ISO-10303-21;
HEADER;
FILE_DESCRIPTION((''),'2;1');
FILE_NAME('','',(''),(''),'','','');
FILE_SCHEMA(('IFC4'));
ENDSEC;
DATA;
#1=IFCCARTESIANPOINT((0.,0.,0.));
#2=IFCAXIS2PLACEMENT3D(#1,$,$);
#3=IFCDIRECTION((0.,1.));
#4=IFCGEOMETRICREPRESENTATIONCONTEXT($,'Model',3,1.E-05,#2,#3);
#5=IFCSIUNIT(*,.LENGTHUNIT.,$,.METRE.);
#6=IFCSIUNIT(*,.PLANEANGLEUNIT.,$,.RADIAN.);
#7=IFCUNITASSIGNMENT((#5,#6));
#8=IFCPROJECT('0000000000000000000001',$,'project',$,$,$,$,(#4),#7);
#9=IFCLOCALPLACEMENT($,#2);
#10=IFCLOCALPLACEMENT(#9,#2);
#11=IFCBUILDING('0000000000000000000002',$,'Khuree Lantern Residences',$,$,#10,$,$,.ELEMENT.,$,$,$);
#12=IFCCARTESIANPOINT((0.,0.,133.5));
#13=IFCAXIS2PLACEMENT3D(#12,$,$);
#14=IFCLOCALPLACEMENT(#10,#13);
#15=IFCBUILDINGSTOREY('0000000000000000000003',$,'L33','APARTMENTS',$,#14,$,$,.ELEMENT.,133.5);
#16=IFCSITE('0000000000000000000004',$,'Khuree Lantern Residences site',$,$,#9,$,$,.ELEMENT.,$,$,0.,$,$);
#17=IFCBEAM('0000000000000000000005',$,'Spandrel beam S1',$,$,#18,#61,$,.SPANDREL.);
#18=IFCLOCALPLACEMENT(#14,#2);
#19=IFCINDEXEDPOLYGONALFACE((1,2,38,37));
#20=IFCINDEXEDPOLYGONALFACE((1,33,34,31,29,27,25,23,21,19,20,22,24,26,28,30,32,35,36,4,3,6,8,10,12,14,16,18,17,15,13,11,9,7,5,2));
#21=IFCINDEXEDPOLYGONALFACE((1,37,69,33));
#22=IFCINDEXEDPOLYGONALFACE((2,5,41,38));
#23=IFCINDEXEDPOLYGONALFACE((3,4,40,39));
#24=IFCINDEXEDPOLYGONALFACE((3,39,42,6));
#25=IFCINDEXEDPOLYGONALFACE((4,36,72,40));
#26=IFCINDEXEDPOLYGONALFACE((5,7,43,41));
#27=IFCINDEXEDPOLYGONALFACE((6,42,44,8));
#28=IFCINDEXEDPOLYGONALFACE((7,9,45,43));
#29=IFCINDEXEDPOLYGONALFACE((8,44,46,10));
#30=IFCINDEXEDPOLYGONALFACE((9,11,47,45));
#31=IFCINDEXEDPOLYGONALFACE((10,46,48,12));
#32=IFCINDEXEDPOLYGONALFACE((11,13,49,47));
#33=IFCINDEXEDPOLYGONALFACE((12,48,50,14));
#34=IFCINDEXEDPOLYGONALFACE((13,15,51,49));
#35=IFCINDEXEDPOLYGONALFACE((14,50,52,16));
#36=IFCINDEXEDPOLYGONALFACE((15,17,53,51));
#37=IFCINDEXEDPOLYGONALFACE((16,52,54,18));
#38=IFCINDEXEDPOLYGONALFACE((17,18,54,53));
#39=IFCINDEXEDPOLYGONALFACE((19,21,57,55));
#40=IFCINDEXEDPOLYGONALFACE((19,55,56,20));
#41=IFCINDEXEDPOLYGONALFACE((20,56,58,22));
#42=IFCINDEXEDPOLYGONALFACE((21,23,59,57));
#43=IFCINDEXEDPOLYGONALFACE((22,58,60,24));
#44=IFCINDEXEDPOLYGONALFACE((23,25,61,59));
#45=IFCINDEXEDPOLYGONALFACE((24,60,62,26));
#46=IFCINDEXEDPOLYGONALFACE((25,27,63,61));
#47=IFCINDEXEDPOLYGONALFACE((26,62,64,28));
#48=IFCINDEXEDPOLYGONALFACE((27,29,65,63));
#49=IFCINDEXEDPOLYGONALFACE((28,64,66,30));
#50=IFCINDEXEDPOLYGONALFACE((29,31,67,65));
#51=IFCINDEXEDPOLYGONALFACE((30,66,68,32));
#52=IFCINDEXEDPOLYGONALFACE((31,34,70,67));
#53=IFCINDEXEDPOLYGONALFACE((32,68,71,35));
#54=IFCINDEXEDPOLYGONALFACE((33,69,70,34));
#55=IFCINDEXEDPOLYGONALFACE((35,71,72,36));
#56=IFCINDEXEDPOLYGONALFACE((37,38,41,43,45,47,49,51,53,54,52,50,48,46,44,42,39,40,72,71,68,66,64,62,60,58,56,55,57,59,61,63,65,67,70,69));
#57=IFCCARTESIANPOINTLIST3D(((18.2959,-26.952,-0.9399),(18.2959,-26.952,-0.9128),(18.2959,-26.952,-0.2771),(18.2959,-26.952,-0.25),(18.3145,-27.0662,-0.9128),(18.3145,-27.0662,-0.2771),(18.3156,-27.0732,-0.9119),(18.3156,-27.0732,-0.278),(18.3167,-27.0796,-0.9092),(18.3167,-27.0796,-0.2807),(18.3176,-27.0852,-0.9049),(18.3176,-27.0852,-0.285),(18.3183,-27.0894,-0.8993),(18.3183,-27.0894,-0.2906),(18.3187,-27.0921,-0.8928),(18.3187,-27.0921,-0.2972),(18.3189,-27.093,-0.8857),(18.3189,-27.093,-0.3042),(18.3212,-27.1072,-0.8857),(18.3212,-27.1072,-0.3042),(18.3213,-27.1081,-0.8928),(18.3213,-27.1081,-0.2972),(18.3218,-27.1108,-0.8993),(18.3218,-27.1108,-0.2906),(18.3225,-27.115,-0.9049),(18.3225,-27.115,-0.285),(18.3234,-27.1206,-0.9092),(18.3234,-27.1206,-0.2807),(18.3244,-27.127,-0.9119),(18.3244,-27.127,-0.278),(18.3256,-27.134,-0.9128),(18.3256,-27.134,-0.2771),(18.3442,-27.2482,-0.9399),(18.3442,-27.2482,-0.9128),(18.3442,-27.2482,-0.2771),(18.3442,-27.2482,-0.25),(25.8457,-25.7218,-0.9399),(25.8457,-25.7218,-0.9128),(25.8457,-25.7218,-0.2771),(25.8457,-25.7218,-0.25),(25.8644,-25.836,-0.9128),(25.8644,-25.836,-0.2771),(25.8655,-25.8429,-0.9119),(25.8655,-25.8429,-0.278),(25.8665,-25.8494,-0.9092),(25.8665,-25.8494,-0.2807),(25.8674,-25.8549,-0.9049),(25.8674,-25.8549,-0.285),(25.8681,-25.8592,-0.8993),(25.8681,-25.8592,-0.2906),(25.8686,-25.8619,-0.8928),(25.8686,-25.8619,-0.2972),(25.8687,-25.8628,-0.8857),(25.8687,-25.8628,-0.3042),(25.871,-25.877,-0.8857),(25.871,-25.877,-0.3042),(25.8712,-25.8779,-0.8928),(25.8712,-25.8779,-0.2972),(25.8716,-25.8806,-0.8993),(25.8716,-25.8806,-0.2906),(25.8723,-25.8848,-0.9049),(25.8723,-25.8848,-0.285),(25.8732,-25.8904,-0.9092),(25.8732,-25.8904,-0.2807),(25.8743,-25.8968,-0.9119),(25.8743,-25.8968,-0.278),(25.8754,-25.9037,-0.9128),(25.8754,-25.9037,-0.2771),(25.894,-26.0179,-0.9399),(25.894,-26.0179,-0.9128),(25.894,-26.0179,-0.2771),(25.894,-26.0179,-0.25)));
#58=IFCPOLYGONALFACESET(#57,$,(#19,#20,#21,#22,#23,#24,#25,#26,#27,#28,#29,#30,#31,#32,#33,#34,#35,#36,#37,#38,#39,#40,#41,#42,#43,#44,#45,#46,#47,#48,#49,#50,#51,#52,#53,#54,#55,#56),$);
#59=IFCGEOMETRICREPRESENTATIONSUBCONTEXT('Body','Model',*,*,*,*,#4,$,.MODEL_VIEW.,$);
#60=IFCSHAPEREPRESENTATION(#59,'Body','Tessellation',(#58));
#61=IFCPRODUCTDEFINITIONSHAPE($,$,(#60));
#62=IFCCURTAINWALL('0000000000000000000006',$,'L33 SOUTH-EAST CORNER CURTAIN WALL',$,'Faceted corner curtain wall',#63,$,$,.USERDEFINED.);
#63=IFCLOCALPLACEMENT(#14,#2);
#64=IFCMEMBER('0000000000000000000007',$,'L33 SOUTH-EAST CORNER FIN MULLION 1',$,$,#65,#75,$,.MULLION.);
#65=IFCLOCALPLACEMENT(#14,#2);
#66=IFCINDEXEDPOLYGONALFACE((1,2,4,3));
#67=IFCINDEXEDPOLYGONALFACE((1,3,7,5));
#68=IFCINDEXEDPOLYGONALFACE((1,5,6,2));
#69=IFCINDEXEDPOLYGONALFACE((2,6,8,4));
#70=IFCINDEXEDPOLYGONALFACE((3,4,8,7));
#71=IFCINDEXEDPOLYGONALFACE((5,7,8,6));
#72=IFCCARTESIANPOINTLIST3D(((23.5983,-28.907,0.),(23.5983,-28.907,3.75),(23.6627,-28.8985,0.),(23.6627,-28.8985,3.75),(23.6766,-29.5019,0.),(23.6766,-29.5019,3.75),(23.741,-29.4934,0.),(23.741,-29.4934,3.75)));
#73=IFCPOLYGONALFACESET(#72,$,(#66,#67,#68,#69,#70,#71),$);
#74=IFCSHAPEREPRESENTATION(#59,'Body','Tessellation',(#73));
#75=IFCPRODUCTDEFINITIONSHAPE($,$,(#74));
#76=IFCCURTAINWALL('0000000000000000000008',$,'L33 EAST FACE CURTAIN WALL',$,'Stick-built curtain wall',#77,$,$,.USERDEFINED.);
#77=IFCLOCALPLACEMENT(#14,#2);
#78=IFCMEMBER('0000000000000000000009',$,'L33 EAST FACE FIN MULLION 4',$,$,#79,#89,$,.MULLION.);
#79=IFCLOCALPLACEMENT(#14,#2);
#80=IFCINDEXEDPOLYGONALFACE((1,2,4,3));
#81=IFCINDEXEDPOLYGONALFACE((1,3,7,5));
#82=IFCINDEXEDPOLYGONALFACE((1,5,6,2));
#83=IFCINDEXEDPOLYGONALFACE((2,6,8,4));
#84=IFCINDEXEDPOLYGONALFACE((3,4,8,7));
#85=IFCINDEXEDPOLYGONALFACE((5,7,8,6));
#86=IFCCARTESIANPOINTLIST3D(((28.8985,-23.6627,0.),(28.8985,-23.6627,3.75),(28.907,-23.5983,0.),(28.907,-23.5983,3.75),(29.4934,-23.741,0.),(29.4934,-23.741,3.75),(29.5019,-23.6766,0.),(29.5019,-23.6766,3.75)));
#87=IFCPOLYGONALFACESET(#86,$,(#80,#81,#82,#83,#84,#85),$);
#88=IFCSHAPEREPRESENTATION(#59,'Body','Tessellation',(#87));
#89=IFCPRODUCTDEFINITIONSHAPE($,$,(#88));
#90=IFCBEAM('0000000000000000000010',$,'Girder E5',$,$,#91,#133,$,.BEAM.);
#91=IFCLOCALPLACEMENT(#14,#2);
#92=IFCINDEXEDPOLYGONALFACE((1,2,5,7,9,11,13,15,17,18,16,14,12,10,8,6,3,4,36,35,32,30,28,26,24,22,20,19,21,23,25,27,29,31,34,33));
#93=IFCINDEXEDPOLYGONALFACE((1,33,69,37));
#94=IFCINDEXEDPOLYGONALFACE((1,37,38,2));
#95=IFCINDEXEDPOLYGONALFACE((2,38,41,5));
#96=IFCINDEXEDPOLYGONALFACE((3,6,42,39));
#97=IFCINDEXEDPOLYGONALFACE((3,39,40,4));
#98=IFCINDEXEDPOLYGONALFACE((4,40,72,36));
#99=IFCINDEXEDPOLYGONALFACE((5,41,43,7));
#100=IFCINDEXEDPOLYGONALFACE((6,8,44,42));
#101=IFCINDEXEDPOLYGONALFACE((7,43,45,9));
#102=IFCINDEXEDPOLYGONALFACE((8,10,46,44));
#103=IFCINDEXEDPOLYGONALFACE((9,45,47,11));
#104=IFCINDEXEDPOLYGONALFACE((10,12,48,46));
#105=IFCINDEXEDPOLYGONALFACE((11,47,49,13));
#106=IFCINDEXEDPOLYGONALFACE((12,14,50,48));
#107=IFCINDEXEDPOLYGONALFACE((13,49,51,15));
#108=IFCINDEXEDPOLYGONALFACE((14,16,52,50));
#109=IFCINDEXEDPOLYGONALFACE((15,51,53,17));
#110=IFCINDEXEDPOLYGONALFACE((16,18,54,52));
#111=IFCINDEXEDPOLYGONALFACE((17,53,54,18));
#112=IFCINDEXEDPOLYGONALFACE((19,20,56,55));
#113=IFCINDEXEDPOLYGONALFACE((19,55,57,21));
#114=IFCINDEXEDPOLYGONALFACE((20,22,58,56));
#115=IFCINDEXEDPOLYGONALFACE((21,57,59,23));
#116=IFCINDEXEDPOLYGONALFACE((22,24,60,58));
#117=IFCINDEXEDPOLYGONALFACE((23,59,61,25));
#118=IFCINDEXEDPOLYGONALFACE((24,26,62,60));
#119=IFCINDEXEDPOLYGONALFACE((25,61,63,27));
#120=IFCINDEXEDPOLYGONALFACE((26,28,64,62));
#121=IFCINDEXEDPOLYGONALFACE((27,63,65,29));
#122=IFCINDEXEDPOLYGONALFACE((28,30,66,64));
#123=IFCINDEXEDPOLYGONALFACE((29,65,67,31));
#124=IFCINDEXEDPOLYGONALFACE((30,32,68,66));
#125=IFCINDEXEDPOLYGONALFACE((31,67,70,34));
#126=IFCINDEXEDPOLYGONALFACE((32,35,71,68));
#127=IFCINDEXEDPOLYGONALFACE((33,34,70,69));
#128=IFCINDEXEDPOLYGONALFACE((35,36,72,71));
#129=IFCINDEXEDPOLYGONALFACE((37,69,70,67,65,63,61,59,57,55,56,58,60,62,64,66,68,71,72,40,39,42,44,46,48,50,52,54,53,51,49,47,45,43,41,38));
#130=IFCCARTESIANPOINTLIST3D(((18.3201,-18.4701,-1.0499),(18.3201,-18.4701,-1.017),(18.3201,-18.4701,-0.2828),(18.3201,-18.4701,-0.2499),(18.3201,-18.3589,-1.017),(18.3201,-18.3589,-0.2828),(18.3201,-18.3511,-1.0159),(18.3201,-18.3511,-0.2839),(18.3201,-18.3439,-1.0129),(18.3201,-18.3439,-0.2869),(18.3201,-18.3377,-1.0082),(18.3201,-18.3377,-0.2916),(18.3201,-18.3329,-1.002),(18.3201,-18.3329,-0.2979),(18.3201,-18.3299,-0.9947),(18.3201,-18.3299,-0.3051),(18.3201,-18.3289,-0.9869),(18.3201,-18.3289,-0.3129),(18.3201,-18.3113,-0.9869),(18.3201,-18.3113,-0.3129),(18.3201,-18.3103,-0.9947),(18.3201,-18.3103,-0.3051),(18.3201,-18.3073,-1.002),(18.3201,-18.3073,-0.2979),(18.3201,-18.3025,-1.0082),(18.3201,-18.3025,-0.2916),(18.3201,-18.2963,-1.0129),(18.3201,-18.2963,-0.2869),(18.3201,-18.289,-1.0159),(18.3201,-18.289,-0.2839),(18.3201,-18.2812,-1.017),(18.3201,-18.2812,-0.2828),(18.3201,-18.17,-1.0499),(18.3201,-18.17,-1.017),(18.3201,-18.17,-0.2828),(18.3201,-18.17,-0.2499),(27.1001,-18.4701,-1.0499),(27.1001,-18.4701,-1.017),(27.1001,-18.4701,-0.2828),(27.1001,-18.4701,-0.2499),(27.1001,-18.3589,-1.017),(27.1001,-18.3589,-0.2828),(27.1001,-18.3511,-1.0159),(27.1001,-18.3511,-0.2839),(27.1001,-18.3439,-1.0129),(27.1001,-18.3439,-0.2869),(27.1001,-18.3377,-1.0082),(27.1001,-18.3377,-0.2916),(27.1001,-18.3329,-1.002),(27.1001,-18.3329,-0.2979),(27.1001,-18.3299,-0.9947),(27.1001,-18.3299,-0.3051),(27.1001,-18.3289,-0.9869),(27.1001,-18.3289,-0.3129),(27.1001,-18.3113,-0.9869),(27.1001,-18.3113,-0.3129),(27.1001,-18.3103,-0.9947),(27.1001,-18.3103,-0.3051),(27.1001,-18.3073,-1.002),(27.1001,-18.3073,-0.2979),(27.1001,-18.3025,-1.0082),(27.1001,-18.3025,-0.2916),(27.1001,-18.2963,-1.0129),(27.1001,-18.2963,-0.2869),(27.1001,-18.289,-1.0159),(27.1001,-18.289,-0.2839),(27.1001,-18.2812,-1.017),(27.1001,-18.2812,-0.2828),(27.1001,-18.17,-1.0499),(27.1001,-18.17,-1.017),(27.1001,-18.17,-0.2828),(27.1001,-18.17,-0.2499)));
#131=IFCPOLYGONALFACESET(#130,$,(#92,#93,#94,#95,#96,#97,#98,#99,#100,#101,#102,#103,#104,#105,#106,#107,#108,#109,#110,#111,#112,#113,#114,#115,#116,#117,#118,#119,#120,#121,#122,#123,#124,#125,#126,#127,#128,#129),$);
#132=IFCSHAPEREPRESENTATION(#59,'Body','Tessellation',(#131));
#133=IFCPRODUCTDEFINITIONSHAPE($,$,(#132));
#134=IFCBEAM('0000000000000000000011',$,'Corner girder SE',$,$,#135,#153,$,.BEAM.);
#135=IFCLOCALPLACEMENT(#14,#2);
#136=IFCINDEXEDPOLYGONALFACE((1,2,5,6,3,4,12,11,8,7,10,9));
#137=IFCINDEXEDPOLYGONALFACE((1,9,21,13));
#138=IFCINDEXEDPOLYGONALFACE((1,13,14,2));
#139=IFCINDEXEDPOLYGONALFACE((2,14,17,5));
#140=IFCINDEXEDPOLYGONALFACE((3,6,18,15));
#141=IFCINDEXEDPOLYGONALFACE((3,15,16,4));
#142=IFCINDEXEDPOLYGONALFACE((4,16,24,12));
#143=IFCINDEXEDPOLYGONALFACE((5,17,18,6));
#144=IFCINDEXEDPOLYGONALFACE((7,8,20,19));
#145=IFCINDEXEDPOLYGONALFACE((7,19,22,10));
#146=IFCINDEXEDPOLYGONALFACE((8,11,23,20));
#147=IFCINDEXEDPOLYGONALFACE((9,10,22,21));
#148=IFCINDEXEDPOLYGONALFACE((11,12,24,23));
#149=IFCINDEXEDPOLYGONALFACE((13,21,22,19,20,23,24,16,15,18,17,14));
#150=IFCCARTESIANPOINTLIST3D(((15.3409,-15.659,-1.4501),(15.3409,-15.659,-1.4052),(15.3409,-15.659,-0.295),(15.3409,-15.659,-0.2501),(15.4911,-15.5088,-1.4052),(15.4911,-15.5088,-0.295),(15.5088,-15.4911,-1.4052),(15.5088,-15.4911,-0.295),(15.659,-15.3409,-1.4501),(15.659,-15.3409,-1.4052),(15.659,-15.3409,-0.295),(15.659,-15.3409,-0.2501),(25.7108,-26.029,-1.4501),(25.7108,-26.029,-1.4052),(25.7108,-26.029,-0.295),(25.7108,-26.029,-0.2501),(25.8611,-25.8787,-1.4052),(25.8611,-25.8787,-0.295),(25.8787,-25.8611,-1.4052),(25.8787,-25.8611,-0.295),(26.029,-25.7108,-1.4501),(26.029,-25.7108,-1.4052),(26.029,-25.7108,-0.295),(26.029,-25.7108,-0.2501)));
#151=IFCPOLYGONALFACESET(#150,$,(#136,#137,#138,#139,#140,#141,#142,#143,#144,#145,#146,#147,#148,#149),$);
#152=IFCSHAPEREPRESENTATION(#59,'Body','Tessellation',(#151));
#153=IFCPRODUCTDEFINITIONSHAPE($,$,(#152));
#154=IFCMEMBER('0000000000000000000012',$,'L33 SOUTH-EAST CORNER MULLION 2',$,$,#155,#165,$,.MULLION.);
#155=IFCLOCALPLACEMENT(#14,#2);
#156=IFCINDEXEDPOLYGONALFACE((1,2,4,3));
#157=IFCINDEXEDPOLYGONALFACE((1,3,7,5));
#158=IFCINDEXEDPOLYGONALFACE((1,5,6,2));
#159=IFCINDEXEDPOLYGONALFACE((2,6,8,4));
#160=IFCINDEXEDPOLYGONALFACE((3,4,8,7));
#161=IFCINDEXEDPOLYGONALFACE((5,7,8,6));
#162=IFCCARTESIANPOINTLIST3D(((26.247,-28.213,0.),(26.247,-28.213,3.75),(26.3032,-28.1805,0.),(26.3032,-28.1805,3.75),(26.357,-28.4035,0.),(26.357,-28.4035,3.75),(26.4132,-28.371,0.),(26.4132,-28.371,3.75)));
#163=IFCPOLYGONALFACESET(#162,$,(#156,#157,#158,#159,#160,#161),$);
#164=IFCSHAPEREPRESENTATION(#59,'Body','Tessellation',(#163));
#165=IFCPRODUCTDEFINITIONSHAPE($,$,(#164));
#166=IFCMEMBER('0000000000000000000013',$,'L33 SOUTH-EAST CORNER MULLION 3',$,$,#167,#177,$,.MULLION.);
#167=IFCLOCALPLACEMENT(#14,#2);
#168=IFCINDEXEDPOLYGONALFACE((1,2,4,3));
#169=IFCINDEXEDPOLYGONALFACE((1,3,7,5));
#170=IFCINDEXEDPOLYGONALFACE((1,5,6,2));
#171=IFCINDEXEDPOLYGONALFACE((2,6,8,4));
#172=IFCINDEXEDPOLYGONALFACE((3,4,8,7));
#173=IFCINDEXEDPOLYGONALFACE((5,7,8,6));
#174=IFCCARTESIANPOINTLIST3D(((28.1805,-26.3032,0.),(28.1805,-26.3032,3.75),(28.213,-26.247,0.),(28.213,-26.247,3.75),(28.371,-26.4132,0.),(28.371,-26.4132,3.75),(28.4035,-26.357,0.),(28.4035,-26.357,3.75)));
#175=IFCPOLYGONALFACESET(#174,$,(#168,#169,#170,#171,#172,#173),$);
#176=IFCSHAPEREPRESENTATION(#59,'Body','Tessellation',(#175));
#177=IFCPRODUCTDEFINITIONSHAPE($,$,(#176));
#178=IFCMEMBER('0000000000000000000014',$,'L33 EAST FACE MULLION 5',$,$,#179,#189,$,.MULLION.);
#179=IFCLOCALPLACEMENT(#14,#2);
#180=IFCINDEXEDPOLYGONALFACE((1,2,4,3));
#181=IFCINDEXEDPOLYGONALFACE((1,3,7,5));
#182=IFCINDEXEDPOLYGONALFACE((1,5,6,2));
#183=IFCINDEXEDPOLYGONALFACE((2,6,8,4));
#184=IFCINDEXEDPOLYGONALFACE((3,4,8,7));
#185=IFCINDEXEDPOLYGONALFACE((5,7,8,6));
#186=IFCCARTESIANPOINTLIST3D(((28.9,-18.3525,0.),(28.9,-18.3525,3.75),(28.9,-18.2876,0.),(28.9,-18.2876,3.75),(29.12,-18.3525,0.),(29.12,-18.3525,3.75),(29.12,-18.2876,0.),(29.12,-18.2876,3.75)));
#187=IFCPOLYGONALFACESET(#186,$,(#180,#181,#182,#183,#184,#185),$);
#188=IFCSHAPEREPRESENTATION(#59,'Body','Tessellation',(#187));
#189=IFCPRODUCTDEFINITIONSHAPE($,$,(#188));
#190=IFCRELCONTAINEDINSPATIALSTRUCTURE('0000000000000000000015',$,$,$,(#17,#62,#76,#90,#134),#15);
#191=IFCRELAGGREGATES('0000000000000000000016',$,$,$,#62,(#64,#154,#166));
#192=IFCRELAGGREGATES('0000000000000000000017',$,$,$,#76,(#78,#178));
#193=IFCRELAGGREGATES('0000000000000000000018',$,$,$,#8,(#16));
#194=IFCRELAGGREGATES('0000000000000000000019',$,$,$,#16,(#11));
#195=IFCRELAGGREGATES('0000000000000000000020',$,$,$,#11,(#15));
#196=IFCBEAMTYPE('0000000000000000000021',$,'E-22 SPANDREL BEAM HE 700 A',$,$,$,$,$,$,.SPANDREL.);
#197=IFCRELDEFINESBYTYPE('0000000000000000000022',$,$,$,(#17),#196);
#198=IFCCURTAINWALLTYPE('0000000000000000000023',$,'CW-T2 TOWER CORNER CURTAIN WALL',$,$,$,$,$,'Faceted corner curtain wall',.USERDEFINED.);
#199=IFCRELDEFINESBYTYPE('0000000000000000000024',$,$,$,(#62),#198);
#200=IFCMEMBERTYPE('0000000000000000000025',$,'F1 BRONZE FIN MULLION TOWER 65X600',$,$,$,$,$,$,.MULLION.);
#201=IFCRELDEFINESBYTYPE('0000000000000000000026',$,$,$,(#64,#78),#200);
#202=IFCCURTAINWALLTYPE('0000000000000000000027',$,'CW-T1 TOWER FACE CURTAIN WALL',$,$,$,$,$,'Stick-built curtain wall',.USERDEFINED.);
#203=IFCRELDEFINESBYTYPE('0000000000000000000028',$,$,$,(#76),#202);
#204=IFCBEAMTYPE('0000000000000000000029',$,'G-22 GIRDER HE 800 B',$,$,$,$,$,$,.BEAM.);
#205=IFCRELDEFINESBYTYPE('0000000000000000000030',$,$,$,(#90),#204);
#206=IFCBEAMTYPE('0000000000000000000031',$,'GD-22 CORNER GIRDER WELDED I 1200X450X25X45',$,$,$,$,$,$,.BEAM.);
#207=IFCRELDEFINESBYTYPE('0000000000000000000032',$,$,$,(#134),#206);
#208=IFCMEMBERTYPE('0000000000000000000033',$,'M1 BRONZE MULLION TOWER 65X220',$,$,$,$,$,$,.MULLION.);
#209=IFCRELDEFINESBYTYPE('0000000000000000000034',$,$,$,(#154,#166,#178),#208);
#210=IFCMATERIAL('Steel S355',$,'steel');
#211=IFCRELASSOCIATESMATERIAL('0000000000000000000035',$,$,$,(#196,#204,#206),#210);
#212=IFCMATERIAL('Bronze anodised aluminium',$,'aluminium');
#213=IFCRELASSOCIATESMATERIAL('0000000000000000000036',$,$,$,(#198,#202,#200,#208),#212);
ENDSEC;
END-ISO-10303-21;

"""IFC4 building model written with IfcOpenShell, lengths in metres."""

from ifc_helpers import new_model, si_unit, direction, frame, origin, origin_2d, place, context, subcontext, project, spatial, rectangle, i_section, extrude, material, material_profile, profile_set, type_object, element, aggregate, save


model = new_model("IFC4")

# Units and contexts
model_context = context("Model", 3, precision=1e-05, world=origin(), true_north=direction((0.0, 1.0)))
body_context = subcontext(model_context, "Body", "Model", "MODEL_VIEW")
ifc_project = project(units=[si_unit("LENGTHUNIT", "METRE"), si_unit("PLANEANGLEUNIT", "RADIAN")], contexts=[model_context])

# Site, building, storey
site_placement = place(None, origin())
site = spatial("IfcSite", under=ifc_project, at=site_placement, Name="Khuree Lantern Residences site", CompositionType="ELEMENT", RefElevation=0.0)
building_placement = place(site_placement, origin())
building = spatial("IfcBuilding", under=site, at=building_placement, Name="Khuree Lantern Residences", CompositionType="ELEMENT")
storey_placement = place(building_placement, frame((0.0, 0.0, 133.5)))
storey = spatial("IfcBuildingStorey", under=building, at=storey_placement, Name="L33", Description="APARTMENTS", CompositionType="ELEMENT", Elevation=133.5)

# Beam
ifc_material_1 = material(Name="Steel S355", Category="steel")
ifc_material_profile_1 = material_profile(ifc_material_1, i_section(OverallWidth=0.3, OverallDepth=0.6899, WebThickness=0.0144, FlangeThickness=0.0271, FilletRadius=0.0271, at=origin_2d()), Name="HE 700 A")
ifc_profile_set_1 = profile_set([ifc_material_profile_1], Name="Steel S355")
beam_type_1 = type_object("IfcBeamType", Name="E-22 SPANDREL BEAM HE 700 A", PredefinedType="SPANDREL", material=ifc_profile_set_1)
for number, where, z_axis, x_axis, name in (
    (1, (25.8699, -25.8699, -0.595), (-0.986983, -0.160827, 0.0), (0.160827, -0.986983, 0.0), "Spandrel beam S1"),
):
    element("IfcBeam", number, at=place(storey_placement, frame(where, z_axis=z_axis, x_axis=x_axis)), inside=storey, type_object=beam_type_1, Name=name, PredefinedType="SPANDREL", context=body_context, shape_type="SweptSolid", body=[
        extrude(i_section(OverallWidth=0.3, OverallDepth=0.6899, WebThickness=0.0144, FlangeThickness=0.0271, FilletRadius=0.0271, at=origin_2d()), origin(), (0.0, 0.0, 1.0), 7.6494),
    ])

# Curtain walls, members
ifc_material_2 = material(Name="Bronze anodised aluminium", Category="aluminium")
curtain_wall_type_1 = type_object("IfcCurtainWallType", Name="CW-T2 TOWER CORNER CURTAIN WALL", ElementType="Faceted corner curtain wall", PredefinedType="USERDEFINED", material=ifc_material_2)
curtain_wall_1_placement = place(storey_placement, origin())
curtain_wall_1 = element("IfcCurtainWall", 2, at=curtain_wall_1_placement, inside=storey, type_object=curtain_wall_type_1, Name="L33 SOUTH-EAST CORNER CURTAIN WALL", ObjectType="Faceted corner curtain wall", PredefinedType="USERDEFINED")
ifc_material_profile_2 = material_profile(ifc_material_2, rectangle(XDim=0.0649, YDim=0.6001, at=origin_2d()), Name="F1 65X600")
ifc_profile_set_2 = profile_set([ifc_material_profile_2], Name="Bronze anodised aluminium")
member_type_1 = type_object("IfcMemberType", Name="F1 BRONZE FIN MULLION TOWER 65X600", PredefinedType="MULLION", material=ifc_profile_set_2)
member_1_placement = place(storey_placement, frame((23.6697, -29.2002, 0.0), z_axis=(0.0, 0.0, 1.0), x_axis=(0.991445, 0.130526, 0.0)))
member_1 = element("IfcMember", 3, at=member_1_placement, type_object=member_type_1, Name="L33 SOUTH-EAST CORNER FIN MULLION 1", PredefinedType="MULLION", context=body_context, shape_type="SweptSolid", body=[
    extrude(rectangle(XDim=0.0649, YDim=0.6001, at=origin_2d()), origin(), (0.0, 0.0, 1.0), 3.75),
])
curtain_wall_type_2 = type_object("IfcCurtainWallType", Name="CW-T1 TOWER FACE CURTAIN WALL", ElementType="Stick-built curtain wall", PredefinedType="USERDEFINED", material=ifc_material_2)
curtain_wall_2_placement = place(storey_placement, origin())
curtain_wall_2 = element("IfcCurtainWall", 4, at=curtain_wall_2_placement, inside=storey, type_object=curtain_wall_type_2, Name="L33 EAST FACE CURTAIN WALL", ObjectType="Stick-built curtain wall", PredefinedType="USERDEFINED")
member_2_placement = place(storey_placement, frame((29.2002, -23.6697, 0.0), z_axis=(0.0, 0.0, 1.0), x_axis=(0.130526, 0.991445, 0.0)))
member_2 = element("IfcMember", 5, at=member_2_placement, type_object=member_type_1, Name="L33 EAST FACE FIN MULLION 4", PredefinedType="MULLION", context=body_context, shape_type="SweptSolid", body=[
    extrude(rectangle(XDim=0.0649, YDim=0.6001, at=origin_2d()), origin(), (0.0, 0.0, 1.0), 3.75),
])

# Beams
ifc_material_profile_3 = material_profile(ifc_material_1, i_section(OverallWidth=0.3, OverallDepth=0.8, WebThickness=0.0176, FlangeThickness=0.033, FilletRadius=0.03, at=origin_2d()), Name="HE 800 B")
ifc_profile_set_3 = profile_set([ifc_material_profile_3], Name="Steel S355")
beam_type_2 = type_object("IfcBeamType", Name="G-22 GIRDER HE 800 B", PredefinedType="BEAM", material=ifc_profile_set_3)
beam_1_placement = place(storey_placement, frame((27.1001, -18.3201, -0.6499), z_axis=(-1.0, 0.0, 0.0), x_axis=(0.0, -1.0, 0.0)))
element("IfcBeam", 6, at=beam_1_placement, inside=storey, type_object=beam_type_2, Name="Girder E5", PredefinedType="BEAM", context=body_context, shape_type="SweptSolid", body=[
    extrude(i_section(OverallWidth=0.3, OverallDepth=0.8, WebThickness=0.0176, FlangeThickness=0.033, FilletRadius=0.03, at=origin_2d()), origin(), (0.0, 0.0, 1.0), 8.78),
])
ifc_material_profile_4 = material_profile(ifc_material_1, i_section(OverallWidth=0.45, OverallDepth=1.2, WebThickness=0.0249, FlangeThickness=0.0449, at=origin_2d()), Name="WELDED I 1200X450X25X45")
ifc_profile_set_4 = profile_set([ifc_material_profile_4], Name="Steel S355")
beam_type_3 = type_object("IfcBeamType", Name="GD-22 CORNER GIRDER WELDED I 1200X450X25X45", PredefinedType="BEAM", material=ifc_profile_set_4)
beam_2_placement = place(storey_placement, frame((25.8699, -25.8699, -0.8501), z_axis=(-0.707107, 0.707107, 0.0), x_axis=(-0.707107, -0.707107, 0.0)))
element("IfcBeam", 7, at=beam_2_placement, inside=storey, type_object=beam_type_3, Name="Corner girder SE", PredefinedType="BEAM", context=body_context, shape_type="SweptSolid", body=[
    extrude(i_section(OverallWidth=0.45, OverallDepth=1.2, WebThickness=0.0249, FlangeThickness=0.0449, at=origin_2d()), origin(), (0.0, 0.0, 1.0), 14.6653),
])

# Members
ifc_material_profile_5 = material_profile(ifc_material_2, rectangle(XDim=0.0649, YDim=0.22, at=origin_2d()), Name="M1 65X220")
ifc_profile_set_5 = profile_set([ifc_material_profile_5], Name="Bronze anodised aluminium")
member_type_2 = type_object("IfcMemberType", Name="M1 BRONZE MULLION TOWER 65X220", PredefinedType="MULLION", material=ifc_profile_set_5)
member_3_placement = place(storey_placement, frame((26.3301, -28.292, 0.0), z_axis=(0.0, 0.0, 1.0), x_axis=(0.866025, 0.5, 0.0)))
member_3 = element("IfcMember", 8, at=member_3_placement, type_object=member_type_2, Name="L33 SOUTH-EAST CORNER MULLION 2", PredefinedType="MULLION", context=body_context, shape_type="SweptSolid", body=[
    extrude(rectangle(XDim=0.0649, YDim=0.22, at=origin_2d()), origin(), (0.0, 0.0, 1.0), 3.75),
])
member_4_placement = place(storey_placement, frame((28.292, -26.3301, 0.0), z_axis=(0.0, 0.0, 1.0), x_axis=(0.5, 0.866025, 0.0)))
member_4 = element("IfcMember", 9, at=member_4_placement, type_object=member_type_2, Name="L33 SOUTH-EAST CORNER MULLION 3", PredefinedType="MULLION", context=body_context, shape_type="SweptSolid", body=[
    extrude(rectangle(XDim=0.0649, YDim=0.22, at=origin_2d()), origin(), (0.0, 0.0, 1.0), 3.75),
])
member_5_placement = place(storey_placement, frame((29.01, -18.3201, 0.0), z_axis=(0.0, 0.0, 1.0), x_axis=(0.0, 1.0, 0.0)))
member_5 = element("IfcMember", 10, at=member_5_placement, type_object=member_type_2, Name="L33 EAST FACE MULLION 5", PredefinedType="MULLION", context=body_context, shape_type="SweptSolid", body=[
    extrude(rectangle(XDim=0.0649, YDim=0.22, at=origin_2d()), origin(), (0.0, 0.0, 1.0), 3.75),
])

aggregate(curtain_wall_1, [member_1, member_3, member_4])

aggregate(curtain_wall_2, [member_2, member_5])

save(model, "model.ifc")
